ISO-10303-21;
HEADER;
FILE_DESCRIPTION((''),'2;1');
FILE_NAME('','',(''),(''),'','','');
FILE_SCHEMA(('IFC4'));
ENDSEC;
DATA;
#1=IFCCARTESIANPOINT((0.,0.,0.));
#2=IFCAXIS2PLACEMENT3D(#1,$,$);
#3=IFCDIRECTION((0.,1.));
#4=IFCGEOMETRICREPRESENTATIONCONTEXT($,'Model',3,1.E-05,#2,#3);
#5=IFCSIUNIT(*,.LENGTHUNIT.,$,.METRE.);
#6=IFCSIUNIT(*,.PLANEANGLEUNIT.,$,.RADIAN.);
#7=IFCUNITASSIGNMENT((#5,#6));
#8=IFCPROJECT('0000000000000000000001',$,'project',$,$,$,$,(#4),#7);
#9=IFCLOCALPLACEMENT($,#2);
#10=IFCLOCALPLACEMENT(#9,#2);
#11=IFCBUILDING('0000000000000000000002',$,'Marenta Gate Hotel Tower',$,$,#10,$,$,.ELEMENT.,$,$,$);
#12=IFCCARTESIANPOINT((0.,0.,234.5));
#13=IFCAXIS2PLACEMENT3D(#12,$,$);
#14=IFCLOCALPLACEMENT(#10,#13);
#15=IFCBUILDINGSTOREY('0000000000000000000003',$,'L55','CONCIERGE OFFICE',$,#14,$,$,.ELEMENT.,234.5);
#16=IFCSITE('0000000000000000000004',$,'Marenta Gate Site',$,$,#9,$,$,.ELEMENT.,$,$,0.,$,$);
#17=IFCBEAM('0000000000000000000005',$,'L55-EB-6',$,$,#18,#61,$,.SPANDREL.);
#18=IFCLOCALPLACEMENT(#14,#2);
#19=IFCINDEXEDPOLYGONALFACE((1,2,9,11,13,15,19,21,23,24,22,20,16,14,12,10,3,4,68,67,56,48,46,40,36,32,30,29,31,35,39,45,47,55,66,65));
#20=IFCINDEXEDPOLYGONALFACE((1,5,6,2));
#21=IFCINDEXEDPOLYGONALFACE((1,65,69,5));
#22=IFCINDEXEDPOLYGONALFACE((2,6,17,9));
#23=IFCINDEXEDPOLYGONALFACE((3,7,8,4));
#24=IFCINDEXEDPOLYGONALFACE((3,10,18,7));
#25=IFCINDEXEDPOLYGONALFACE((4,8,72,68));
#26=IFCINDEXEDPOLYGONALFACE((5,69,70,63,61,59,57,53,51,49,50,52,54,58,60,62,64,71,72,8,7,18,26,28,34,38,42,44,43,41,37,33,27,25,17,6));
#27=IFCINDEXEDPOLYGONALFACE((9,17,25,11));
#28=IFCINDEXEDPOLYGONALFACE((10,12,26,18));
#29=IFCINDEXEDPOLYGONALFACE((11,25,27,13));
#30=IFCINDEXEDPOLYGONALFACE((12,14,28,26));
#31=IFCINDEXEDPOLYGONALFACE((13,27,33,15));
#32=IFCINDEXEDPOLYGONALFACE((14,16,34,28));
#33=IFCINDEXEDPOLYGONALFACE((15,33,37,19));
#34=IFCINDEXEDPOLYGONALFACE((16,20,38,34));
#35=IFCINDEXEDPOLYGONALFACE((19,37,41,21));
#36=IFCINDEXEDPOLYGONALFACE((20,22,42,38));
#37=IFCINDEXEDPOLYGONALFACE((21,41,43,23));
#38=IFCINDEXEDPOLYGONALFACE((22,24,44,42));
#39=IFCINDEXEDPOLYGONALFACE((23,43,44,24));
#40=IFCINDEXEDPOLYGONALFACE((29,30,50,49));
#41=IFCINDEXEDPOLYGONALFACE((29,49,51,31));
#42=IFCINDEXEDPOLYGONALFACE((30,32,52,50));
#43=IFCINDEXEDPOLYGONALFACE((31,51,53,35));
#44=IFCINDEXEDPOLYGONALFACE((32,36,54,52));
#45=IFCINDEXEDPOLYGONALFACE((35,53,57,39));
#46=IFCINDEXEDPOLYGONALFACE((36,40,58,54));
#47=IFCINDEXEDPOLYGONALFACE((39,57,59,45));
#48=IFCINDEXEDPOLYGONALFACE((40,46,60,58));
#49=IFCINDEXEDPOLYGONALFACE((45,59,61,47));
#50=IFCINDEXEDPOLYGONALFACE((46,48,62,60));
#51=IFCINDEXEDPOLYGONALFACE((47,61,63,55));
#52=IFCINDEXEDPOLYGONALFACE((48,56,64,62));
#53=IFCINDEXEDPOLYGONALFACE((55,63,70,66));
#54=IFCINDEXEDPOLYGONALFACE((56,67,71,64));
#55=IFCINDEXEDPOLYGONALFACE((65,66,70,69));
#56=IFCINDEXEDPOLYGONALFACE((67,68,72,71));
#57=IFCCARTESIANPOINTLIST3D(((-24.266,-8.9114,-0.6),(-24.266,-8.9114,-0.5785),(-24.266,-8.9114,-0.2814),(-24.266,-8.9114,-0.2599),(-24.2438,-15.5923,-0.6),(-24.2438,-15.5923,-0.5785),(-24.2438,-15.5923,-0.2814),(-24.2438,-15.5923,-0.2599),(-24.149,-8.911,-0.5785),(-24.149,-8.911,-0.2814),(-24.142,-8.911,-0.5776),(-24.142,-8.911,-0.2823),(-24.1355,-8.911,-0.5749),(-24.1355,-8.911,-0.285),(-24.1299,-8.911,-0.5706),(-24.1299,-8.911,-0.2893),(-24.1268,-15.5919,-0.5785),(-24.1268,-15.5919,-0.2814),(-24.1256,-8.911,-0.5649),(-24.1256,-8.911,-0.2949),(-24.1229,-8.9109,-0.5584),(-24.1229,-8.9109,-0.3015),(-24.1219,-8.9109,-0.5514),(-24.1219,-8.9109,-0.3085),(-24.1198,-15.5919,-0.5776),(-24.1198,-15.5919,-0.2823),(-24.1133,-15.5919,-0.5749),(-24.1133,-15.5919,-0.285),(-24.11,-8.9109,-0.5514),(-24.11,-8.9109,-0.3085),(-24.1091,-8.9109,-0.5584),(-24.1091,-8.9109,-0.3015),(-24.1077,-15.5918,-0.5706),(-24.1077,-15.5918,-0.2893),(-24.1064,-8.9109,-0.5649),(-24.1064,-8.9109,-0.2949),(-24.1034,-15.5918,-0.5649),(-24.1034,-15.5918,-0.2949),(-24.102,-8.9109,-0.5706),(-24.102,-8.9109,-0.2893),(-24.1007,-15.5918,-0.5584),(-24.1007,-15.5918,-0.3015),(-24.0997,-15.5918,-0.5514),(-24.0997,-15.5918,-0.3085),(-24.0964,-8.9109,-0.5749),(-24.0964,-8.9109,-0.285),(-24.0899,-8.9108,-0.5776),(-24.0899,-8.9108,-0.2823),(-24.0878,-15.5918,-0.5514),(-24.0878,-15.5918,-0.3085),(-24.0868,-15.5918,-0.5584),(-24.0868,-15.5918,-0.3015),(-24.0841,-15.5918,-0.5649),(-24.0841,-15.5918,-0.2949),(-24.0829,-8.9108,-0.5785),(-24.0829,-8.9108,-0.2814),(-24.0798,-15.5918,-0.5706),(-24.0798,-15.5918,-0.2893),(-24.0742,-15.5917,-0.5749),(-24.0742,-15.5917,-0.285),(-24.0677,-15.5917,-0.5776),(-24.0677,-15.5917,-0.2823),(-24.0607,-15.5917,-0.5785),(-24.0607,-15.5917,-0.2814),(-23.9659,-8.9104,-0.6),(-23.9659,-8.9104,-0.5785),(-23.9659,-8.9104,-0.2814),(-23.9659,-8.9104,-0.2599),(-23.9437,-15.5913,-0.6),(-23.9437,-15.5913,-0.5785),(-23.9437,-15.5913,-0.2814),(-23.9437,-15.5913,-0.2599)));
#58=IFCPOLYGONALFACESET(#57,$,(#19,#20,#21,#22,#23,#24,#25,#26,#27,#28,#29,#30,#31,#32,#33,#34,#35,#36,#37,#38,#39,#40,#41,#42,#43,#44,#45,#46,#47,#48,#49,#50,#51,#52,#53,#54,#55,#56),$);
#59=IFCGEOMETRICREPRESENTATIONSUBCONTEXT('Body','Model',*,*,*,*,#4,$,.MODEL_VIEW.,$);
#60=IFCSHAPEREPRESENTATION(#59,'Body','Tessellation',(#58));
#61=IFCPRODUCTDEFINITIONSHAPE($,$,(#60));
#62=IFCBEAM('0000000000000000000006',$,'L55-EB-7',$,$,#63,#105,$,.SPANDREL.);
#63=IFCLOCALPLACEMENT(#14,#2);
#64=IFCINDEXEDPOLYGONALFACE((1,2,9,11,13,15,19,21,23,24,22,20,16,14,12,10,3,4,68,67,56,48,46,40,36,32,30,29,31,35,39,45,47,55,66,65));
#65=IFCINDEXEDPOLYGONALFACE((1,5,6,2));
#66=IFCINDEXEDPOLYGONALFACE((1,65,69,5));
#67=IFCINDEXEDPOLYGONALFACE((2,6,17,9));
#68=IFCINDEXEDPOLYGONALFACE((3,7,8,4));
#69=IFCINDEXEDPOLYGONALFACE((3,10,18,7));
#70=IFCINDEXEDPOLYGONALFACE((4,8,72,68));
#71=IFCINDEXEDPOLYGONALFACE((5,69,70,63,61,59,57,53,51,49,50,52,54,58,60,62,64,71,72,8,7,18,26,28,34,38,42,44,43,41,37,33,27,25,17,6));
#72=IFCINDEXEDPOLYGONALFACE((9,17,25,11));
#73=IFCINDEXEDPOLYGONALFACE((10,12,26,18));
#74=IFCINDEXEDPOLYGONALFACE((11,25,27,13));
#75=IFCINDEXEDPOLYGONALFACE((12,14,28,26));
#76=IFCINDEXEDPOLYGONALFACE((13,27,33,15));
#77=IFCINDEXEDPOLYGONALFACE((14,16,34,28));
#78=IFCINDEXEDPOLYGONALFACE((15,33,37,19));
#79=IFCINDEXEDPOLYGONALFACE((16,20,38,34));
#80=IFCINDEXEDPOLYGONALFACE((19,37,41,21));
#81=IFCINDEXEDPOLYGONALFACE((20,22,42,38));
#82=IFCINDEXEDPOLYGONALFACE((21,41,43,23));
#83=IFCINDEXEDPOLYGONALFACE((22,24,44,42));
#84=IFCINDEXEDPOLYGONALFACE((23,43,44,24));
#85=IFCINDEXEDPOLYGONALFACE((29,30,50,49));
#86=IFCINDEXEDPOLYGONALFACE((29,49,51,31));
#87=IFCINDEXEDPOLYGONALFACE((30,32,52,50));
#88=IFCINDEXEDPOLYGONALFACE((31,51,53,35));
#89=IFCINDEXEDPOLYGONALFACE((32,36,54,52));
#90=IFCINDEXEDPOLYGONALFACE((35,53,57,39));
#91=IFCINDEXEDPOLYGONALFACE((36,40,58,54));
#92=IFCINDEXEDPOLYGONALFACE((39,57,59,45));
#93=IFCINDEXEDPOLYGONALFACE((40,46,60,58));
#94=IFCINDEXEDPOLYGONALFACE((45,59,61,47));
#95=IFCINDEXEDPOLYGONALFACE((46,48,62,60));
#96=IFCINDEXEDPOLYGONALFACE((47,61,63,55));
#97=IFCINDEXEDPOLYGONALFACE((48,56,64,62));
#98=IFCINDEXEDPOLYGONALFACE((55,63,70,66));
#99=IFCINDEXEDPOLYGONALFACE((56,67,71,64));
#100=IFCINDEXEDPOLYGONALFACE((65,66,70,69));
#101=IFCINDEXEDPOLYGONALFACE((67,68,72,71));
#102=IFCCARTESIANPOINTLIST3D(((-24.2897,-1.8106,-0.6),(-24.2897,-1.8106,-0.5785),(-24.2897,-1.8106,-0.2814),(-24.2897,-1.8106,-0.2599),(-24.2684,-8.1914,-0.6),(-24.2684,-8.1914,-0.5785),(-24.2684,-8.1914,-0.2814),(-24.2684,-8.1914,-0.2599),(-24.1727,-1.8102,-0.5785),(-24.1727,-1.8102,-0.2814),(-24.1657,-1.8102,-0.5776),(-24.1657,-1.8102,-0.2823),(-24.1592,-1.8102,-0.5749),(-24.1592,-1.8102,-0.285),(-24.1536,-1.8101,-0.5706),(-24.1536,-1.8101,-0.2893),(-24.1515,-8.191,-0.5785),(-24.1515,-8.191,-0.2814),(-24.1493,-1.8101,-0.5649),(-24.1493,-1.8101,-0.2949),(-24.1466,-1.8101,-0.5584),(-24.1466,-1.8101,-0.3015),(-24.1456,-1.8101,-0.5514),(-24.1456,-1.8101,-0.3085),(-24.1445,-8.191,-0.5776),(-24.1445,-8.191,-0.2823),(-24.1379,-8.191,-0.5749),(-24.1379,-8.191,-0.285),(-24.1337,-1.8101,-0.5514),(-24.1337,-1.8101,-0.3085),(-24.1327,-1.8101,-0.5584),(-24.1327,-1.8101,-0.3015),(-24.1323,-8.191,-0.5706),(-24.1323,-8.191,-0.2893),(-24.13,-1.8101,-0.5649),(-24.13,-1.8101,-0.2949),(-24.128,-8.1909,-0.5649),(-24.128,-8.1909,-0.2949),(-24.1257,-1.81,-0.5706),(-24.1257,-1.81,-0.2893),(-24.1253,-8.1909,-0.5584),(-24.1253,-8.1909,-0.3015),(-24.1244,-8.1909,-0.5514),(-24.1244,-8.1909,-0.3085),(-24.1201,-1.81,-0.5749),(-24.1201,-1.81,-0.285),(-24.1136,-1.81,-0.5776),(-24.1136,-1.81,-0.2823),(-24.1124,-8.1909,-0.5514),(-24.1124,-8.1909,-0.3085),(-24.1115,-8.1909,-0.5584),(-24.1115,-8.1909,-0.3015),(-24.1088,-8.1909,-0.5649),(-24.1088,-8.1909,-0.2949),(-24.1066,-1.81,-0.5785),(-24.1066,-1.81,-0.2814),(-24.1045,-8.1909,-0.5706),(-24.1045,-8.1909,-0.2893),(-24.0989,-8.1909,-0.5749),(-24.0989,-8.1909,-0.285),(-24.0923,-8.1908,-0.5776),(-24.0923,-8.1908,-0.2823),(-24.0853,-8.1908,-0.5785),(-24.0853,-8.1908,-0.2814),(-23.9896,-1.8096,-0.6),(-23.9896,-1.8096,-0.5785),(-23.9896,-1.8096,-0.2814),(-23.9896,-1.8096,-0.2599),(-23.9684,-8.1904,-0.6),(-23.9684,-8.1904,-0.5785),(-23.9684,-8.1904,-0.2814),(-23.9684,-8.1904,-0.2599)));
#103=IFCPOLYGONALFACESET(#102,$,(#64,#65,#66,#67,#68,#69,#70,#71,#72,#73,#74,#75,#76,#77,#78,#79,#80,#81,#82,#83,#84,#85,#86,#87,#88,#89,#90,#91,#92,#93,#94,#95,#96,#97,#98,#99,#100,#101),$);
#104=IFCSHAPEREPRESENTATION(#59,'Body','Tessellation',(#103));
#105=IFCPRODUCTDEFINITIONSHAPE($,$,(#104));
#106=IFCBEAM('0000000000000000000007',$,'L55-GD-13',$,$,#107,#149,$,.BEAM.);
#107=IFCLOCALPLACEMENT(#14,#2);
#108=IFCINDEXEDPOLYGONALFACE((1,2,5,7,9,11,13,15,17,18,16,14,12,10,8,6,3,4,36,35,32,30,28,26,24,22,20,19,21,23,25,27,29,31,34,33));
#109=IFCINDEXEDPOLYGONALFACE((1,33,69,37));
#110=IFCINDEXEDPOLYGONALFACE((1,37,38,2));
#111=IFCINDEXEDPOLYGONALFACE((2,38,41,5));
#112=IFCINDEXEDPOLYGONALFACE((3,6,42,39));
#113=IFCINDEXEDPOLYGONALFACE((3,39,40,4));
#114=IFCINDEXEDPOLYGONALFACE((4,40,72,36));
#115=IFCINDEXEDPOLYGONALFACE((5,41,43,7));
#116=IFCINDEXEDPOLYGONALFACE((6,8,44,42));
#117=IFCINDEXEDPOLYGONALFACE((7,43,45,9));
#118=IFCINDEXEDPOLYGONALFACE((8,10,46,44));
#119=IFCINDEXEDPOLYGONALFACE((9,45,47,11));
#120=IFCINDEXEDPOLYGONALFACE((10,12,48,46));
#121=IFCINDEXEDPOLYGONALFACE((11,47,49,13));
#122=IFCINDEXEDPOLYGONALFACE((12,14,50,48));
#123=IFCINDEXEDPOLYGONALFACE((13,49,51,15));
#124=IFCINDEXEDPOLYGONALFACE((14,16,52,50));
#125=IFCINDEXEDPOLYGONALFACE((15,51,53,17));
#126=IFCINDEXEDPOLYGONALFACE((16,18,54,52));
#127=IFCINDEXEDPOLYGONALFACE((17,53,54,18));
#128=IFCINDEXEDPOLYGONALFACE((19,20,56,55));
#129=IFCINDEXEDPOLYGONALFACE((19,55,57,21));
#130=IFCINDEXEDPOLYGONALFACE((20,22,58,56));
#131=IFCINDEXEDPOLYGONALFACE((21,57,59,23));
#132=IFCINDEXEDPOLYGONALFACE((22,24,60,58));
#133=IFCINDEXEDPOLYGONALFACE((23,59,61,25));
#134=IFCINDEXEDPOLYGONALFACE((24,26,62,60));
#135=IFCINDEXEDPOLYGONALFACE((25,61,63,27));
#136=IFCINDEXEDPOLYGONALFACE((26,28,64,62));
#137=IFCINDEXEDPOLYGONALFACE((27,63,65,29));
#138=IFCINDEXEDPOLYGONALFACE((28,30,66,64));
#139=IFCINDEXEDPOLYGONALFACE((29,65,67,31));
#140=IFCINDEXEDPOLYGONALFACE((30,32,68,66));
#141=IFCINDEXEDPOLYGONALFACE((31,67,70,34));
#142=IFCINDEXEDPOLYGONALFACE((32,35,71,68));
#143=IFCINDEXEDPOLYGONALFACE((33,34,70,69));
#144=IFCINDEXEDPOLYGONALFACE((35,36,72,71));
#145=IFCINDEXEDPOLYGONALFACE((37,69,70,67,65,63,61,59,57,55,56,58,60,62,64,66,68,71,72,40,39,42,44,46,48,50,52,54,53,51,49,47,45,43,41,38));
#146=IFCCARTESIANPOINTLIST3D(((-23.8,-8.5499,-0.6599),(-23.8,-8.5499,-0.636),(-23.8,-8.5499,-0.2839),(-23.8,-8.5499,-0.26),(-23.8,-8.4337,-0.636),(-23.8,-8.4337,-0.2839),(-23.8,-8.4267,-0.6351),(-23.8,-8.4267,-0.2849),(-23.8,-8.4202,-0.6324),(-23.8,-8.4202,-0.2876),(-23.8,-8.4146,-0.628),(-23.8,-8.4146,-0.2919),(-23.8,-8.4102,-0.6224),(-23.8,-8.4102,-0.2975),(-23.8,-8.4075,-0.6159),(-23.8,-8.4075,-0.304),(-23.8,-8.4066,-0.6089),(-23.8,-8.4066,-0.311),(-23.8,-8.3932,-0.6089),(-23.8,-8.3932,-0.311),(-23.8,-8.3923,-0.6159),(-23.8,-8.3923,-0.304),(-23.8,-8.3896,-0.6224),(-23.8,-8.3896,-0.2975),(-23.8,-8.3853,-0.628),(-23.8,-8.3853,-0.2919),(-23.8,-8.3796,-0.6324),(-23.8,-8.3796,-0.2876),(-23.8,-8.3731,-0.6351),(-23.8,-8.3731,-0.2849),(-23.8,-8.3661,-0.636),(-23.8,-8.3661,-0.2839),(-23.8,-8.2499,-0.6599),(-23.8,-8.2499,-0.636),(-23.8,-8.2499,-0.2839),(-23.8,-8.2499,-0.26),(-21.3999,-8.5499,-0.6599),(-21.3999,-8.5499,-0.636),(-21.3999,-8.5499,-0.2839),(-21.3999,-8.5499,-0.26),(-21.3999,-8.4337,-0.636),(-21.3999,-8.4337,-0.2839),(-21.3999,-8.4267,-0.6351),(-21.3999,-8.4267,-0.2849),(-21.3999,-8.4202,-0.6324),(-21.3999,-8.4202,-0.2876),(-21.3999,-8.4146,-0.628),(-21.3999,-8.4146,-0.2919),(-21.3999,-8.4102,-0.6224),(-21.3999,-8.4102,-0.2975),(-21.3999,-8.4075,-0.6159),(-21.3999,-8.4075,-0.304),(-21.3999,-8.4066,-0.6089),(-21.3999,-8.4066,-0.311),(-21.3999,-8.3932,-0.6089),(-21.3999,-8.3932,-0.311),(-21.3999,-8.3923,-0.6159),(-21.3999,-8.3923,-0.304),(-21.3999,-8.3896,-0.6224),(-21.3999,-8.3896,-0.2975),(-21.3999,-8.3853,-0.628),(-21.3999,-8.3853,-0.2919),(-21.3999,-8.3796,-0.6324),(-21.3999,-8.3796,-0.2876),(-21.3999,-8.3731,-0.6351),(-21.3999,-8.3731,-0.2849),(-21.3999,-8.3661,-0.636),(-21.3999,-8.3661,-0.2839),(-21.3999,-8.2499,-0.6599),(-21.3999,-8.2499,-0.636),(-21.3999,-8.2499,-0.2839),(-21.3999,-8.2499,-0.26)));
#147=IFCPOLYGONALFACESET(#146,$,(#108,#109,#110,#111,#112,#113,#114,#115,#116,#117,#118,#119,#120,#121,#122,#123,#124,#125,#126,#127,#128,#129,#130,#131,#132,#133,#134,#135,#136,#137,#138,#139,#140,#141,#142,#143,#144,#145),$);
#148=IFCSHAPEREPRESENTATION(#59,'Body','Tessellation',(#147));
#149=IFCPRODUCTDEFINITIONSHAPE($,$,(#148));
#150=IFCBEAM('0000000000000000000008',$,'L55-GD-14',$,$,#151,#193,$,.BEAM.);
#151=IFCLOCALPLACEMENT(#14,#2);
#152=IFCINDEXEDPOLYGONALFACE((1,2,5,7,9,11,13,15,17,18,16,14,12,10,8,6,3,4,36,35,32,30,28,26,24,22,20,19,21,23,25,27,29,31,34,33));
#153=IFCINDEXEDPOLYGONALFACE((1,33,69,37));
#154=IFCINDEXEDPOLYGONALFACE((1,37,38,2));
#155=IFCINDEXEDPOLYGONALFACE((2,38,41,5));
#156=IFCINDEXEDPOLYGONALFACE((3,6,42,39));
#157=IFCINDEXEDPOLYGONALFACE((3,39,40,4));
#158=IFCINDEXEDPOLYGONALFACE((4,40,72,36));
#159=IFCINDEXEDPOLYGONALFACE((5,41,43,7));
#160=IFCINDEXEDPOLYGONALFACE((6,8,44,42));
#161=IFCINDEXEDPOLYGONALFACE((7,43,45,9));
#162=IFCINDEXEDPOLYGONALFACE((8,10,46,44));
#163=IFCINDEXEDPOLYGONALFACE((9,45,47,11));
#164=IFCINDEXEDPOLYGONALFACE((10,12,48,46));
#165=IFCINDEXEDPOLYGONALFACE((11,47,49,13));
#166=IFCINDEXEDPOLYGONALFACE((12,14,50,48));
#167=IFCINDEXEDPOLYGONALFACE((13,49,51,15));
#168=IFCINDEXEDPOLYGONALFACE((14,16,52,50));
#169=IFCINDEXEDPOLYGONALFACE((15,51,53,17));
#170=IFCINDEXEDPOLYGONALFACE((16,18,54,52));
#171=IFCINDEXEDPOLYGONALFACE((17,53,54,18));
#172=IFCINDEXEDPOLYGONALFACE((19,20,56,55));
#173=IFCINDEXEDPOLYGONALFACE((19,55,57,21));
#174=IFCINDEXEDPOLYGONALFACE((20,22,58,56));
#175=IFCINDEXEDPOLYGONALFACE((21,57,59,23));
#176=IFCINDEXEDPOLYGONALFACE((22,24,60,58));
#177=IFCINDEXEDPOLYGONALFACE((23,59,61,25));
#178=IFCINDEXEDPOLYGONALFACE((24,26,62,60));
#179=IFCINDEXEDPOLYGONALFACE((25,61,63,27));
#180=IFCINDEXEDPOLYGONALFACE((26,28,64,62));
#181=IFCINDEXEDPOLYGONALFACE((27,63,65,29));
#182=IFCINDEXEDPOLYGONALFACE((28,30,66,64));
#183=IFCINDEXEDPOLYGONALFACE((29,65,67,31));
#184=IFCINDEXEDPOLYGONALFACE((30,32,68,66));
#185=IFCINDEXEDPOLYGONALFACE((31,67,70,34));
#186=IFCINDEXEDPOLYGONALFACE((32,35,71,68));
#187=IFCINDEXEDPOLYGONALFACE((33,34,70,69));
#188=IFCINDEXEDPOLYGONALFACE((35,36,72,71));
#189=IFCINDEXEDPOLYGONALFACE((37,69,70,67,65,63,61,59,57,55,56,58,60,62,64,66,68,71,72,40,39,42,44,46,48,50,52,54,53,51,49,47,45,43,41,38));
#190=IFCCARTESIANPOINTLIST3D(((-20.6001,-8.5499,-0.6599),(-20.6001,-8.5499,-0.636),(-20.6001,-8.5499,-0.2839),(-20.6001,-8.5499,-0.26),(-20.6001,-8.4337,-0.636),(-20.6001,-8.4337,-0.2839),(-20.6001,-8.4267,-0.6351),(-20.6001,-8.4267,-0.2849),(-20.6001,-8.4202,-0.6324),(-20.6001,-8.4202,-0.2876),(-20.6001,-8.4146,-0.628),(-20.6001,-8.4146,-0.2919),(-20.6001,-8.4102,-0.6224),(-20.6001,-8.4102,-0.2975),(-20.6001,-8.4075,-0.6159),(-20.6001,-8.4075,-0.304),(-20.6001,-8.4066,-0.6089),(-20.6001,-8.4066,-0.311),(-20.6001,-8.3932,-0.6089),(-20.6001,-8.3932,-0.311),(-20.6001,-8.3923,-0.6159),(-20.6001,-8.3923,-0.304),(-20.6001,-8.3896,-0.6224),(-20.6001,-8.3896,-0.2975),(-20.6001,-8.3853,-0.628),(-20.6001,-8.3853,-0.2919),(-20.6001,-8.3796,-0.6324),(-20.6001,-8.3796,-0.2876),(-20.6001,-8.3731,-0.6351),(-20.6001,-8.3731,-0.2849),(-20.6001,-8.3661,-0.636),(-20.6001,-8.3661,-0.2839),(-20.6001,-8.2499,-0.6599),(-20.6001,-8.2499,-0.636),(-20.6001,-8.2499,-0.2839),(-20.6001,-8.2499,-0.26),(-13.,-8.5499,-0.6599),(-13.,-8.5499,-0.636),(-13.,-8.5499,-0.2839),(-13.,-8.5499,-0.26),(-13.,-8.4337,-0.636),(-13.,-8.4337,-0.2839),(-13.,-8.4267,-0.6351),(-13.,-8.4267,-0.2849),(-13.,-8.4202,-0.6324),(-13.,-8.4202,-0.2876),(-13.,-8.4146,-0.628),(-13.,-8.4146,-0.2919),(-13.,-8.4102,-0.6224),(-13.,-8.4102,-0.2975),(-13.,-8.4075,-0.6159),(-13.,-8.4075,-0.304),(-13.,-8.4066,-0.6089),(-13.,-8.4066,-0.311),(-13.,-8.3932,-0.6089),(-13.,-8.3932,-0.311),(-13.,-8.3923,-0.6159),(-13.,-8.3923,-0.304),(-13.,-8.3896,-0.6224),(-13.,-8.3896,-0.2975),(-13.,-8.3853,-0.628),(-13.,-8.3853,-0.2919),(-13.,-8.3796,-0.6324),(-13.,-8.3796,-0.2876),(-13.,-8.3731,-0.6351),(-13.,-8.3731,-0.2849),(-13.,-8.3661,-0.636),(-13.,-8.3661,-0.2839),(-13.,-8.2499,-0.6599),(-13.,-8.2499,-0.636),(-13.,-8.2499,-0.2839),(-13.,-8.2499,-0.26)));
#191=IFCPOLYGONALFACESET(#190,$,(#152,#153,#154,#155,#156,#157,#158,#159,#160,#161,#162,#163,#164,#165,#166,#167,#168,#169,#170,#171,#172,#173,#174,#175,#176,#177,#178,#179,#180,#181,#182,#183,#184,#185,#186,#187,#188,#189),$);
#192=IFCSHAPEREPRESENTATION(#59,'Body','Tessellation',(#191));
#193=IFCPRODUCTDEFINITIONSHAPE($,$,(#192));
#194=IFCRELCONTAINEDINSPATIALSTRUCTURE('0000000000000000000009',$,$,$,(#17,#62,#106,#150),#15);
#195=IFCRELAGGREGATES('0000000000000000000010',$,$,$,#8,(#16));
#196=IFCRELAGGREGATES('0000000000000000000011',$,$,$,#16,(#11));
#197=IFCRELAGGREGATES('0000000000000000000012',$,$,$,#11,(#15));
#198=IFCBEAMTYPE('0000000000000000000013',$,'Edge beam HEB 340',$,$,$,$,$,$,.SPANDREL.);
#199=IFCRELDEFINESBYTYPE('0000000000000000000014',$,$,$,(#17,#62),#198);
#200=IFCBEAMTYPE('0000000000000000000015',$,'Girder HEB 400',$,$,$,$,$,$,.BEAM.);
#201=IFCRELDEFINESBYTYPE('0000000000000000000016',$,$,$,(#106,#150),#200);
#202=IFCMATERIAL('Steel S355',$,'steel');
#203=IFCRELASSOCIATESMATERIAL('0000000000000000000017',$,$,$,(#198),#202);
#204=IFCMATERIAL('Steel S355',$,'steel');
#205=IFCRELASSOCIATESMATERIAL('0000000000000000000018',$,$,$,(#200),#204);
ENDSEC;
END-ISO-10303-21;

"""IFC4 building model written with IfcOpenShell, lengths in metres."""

from ifc_helpers import new_model, si_unit, direction, frame, origin, origin_2d, place, context, subcontext, project, spatial, i_section, extrude, material, material_profile, profile_set, type_object, element, save


model = new_model("IFC4")

# Units and contexts
model_context = context("Model", 3, precision=1e-05, world=origin(), true_north=direction((0.0, 1.0)))
body_context = subcontext(model_context, "Body", "Model", "MODEL_VIEW")
ifc_project = project(units=[si_unit("LENGTHUNIT", "METRE"), si_unit("PLANEANGLEUNIT", "RADIAN")], contexts=[model_context])

# Site, building, storey
site_placement = place(None, origin())
site = spatial("IfcSite", under=ifc_project, at=site_placement, Name="Marenta Gate Site", CompositionType="ELEMENT", RefElevation=0.0)
building_placement = place(site_placement, origin())
building = spatial("IfcBuilding", under=site, at=building_placement, Name="Marenta Gate Hotel Tower", CompositionType="ELEMENT")
storey_placement = place(building_placement, frame((0.0, 0.0, 234.5)))
storey = spatial("IfcBuildingStorey", under=building, at=storey_placement, Name="L55", Description="CONCIERGE OFFICE", CompositionType="ELEMENT", Elevation=234.5)

# Beams
ifc_material_1 = material(Name="Steel S355", Category="steel")
ifc_material_profile_1 = material_profile(ifc_material_1, i_section(OverallWidth=0.3, OverallDepth=0.3401, WebThickness=0.012, FlangeThickness=0.0215, FilletRadius=0.0271, at=origin_2d()), Name="HEB 340")
ifc_profile_set_1 = profile_set([ifc_material_profile_1], Name="Steel S355")
beam_type_1 = type_object("IfcBeamType", Name="Edge beam HEB 340", PredefinedType="SPANDREL", material=ifc_profile_set_1)
beam_1_placement = place(storey_placement, frame((-24.0938, -15.5918, -0.4299), z_axis=(-0.003325, 0.999994, 0.0), x_axis=(-0.999994, -0.003325, 0.0)))
element("IfcBeam", 1, at=beam_1_placement, inside=storey, type_object=beam_type_1, Name="L55-EB-6", PredefinedType="SPANDREL", context=body_context, shape_type="SweptSolid", body=[
    extrude(i_section(OverallWidth=0.3, OverallDepth=0.3401, WebThickness=0.012, FlangeThickness=0.0215, FilletRadius=0.0271, at=origin_2d()), origin(), (0.0, 0.0, 1.0), 6.6809),
])
beam_2_placement = place(storey_placement, frame((-24.1184, -8.1909, -0.4299), z_axis=(-0.003329, 0.999994, 0.0), x_axis=(-0.999994, -0.003329, 0.0)))
element("IfcBeam", 2, at=beam_2_placement, inside=storey, type_object=beam_type_1, Name="L55-EB-7", PredefinedType="SPANDREL", context=body_context, shape_type="SweptSolid", body=[
    extrude(i_section(OverallWidth=0.3, OverallDepth=0.3401, WebThickness=0.012, FlangeThickness=0.0215, FilletRadius=0.0271, at=origin_2d()), origin(), (0.0, 0.0, 1.0), 6.3809),
])
ifc_material_2 = material(Name="Steel S355", Category="steel")
ifc_material_profile_2 = material_profile(ifc_material_2, i_section(OverallWidth=0.3, OverallDepth=0.3999, WebThickness=0.0134, FlangeThickness=0.0239, FilletRadius=0.0271, at=origin_2d()), Name="HEB 400")
ifc_profile_set_2 = profile_set([ifc_material_profile_2], Name="Steel S355")
beam_type_2 = type_object("IfcBeamType", Name="Girder HEB 400", PredefinedType="BEAM", material=ifc_profile_set_2)
beam_3_placement = place(storey_placement, frame((-23.8, -8.3999, -0.46), z_axis=(1.0, 0.0, 0.0), x_axis=(0.0, 1.0, 0.0)))
element("IfcBeam", 3, at=beam_3_placement, inside=storey, type_object=beam_type_2, Name="L55-GD-13", PredefinedType="BEAM", context=body_context, shape_type="SweptSolid", body=[
    extrude(i_section(OverallWidth=0.3, OverallDepth=0.3999, WebThickness=0.0134, FlangeThickness=0.0239, FilletRadius=0.0271, at=origin_2d()), origin(), (0.0, 0.0, 1.0), 2.4001),
])
beam_4_placement = place(storey_placement, frame((-20.6001, -8.3999, -0.46), z_axis=(1.0, 0.0, 0.0), x_axis=(0.0, 1.0, 0.0)))
element("IfcBeam", 4, at=beam_4_placement, inside=storey, type_object=beam_type_2, Name="L55-GD-14", PredefinedType="BEAM", context=body_context, shape_type="SweptSolid", body=[
    extrude(i_section(OverallWidth=0.3, OverallDepth=0.3999, WebThickness=0.0134, FlangeThickness=0.0239, FilletRadius=0.0271, at=origin_2d()), origin(), (0.0, 0.0, 1.0), 7.6001),
])

save(model, "model.ifc")
